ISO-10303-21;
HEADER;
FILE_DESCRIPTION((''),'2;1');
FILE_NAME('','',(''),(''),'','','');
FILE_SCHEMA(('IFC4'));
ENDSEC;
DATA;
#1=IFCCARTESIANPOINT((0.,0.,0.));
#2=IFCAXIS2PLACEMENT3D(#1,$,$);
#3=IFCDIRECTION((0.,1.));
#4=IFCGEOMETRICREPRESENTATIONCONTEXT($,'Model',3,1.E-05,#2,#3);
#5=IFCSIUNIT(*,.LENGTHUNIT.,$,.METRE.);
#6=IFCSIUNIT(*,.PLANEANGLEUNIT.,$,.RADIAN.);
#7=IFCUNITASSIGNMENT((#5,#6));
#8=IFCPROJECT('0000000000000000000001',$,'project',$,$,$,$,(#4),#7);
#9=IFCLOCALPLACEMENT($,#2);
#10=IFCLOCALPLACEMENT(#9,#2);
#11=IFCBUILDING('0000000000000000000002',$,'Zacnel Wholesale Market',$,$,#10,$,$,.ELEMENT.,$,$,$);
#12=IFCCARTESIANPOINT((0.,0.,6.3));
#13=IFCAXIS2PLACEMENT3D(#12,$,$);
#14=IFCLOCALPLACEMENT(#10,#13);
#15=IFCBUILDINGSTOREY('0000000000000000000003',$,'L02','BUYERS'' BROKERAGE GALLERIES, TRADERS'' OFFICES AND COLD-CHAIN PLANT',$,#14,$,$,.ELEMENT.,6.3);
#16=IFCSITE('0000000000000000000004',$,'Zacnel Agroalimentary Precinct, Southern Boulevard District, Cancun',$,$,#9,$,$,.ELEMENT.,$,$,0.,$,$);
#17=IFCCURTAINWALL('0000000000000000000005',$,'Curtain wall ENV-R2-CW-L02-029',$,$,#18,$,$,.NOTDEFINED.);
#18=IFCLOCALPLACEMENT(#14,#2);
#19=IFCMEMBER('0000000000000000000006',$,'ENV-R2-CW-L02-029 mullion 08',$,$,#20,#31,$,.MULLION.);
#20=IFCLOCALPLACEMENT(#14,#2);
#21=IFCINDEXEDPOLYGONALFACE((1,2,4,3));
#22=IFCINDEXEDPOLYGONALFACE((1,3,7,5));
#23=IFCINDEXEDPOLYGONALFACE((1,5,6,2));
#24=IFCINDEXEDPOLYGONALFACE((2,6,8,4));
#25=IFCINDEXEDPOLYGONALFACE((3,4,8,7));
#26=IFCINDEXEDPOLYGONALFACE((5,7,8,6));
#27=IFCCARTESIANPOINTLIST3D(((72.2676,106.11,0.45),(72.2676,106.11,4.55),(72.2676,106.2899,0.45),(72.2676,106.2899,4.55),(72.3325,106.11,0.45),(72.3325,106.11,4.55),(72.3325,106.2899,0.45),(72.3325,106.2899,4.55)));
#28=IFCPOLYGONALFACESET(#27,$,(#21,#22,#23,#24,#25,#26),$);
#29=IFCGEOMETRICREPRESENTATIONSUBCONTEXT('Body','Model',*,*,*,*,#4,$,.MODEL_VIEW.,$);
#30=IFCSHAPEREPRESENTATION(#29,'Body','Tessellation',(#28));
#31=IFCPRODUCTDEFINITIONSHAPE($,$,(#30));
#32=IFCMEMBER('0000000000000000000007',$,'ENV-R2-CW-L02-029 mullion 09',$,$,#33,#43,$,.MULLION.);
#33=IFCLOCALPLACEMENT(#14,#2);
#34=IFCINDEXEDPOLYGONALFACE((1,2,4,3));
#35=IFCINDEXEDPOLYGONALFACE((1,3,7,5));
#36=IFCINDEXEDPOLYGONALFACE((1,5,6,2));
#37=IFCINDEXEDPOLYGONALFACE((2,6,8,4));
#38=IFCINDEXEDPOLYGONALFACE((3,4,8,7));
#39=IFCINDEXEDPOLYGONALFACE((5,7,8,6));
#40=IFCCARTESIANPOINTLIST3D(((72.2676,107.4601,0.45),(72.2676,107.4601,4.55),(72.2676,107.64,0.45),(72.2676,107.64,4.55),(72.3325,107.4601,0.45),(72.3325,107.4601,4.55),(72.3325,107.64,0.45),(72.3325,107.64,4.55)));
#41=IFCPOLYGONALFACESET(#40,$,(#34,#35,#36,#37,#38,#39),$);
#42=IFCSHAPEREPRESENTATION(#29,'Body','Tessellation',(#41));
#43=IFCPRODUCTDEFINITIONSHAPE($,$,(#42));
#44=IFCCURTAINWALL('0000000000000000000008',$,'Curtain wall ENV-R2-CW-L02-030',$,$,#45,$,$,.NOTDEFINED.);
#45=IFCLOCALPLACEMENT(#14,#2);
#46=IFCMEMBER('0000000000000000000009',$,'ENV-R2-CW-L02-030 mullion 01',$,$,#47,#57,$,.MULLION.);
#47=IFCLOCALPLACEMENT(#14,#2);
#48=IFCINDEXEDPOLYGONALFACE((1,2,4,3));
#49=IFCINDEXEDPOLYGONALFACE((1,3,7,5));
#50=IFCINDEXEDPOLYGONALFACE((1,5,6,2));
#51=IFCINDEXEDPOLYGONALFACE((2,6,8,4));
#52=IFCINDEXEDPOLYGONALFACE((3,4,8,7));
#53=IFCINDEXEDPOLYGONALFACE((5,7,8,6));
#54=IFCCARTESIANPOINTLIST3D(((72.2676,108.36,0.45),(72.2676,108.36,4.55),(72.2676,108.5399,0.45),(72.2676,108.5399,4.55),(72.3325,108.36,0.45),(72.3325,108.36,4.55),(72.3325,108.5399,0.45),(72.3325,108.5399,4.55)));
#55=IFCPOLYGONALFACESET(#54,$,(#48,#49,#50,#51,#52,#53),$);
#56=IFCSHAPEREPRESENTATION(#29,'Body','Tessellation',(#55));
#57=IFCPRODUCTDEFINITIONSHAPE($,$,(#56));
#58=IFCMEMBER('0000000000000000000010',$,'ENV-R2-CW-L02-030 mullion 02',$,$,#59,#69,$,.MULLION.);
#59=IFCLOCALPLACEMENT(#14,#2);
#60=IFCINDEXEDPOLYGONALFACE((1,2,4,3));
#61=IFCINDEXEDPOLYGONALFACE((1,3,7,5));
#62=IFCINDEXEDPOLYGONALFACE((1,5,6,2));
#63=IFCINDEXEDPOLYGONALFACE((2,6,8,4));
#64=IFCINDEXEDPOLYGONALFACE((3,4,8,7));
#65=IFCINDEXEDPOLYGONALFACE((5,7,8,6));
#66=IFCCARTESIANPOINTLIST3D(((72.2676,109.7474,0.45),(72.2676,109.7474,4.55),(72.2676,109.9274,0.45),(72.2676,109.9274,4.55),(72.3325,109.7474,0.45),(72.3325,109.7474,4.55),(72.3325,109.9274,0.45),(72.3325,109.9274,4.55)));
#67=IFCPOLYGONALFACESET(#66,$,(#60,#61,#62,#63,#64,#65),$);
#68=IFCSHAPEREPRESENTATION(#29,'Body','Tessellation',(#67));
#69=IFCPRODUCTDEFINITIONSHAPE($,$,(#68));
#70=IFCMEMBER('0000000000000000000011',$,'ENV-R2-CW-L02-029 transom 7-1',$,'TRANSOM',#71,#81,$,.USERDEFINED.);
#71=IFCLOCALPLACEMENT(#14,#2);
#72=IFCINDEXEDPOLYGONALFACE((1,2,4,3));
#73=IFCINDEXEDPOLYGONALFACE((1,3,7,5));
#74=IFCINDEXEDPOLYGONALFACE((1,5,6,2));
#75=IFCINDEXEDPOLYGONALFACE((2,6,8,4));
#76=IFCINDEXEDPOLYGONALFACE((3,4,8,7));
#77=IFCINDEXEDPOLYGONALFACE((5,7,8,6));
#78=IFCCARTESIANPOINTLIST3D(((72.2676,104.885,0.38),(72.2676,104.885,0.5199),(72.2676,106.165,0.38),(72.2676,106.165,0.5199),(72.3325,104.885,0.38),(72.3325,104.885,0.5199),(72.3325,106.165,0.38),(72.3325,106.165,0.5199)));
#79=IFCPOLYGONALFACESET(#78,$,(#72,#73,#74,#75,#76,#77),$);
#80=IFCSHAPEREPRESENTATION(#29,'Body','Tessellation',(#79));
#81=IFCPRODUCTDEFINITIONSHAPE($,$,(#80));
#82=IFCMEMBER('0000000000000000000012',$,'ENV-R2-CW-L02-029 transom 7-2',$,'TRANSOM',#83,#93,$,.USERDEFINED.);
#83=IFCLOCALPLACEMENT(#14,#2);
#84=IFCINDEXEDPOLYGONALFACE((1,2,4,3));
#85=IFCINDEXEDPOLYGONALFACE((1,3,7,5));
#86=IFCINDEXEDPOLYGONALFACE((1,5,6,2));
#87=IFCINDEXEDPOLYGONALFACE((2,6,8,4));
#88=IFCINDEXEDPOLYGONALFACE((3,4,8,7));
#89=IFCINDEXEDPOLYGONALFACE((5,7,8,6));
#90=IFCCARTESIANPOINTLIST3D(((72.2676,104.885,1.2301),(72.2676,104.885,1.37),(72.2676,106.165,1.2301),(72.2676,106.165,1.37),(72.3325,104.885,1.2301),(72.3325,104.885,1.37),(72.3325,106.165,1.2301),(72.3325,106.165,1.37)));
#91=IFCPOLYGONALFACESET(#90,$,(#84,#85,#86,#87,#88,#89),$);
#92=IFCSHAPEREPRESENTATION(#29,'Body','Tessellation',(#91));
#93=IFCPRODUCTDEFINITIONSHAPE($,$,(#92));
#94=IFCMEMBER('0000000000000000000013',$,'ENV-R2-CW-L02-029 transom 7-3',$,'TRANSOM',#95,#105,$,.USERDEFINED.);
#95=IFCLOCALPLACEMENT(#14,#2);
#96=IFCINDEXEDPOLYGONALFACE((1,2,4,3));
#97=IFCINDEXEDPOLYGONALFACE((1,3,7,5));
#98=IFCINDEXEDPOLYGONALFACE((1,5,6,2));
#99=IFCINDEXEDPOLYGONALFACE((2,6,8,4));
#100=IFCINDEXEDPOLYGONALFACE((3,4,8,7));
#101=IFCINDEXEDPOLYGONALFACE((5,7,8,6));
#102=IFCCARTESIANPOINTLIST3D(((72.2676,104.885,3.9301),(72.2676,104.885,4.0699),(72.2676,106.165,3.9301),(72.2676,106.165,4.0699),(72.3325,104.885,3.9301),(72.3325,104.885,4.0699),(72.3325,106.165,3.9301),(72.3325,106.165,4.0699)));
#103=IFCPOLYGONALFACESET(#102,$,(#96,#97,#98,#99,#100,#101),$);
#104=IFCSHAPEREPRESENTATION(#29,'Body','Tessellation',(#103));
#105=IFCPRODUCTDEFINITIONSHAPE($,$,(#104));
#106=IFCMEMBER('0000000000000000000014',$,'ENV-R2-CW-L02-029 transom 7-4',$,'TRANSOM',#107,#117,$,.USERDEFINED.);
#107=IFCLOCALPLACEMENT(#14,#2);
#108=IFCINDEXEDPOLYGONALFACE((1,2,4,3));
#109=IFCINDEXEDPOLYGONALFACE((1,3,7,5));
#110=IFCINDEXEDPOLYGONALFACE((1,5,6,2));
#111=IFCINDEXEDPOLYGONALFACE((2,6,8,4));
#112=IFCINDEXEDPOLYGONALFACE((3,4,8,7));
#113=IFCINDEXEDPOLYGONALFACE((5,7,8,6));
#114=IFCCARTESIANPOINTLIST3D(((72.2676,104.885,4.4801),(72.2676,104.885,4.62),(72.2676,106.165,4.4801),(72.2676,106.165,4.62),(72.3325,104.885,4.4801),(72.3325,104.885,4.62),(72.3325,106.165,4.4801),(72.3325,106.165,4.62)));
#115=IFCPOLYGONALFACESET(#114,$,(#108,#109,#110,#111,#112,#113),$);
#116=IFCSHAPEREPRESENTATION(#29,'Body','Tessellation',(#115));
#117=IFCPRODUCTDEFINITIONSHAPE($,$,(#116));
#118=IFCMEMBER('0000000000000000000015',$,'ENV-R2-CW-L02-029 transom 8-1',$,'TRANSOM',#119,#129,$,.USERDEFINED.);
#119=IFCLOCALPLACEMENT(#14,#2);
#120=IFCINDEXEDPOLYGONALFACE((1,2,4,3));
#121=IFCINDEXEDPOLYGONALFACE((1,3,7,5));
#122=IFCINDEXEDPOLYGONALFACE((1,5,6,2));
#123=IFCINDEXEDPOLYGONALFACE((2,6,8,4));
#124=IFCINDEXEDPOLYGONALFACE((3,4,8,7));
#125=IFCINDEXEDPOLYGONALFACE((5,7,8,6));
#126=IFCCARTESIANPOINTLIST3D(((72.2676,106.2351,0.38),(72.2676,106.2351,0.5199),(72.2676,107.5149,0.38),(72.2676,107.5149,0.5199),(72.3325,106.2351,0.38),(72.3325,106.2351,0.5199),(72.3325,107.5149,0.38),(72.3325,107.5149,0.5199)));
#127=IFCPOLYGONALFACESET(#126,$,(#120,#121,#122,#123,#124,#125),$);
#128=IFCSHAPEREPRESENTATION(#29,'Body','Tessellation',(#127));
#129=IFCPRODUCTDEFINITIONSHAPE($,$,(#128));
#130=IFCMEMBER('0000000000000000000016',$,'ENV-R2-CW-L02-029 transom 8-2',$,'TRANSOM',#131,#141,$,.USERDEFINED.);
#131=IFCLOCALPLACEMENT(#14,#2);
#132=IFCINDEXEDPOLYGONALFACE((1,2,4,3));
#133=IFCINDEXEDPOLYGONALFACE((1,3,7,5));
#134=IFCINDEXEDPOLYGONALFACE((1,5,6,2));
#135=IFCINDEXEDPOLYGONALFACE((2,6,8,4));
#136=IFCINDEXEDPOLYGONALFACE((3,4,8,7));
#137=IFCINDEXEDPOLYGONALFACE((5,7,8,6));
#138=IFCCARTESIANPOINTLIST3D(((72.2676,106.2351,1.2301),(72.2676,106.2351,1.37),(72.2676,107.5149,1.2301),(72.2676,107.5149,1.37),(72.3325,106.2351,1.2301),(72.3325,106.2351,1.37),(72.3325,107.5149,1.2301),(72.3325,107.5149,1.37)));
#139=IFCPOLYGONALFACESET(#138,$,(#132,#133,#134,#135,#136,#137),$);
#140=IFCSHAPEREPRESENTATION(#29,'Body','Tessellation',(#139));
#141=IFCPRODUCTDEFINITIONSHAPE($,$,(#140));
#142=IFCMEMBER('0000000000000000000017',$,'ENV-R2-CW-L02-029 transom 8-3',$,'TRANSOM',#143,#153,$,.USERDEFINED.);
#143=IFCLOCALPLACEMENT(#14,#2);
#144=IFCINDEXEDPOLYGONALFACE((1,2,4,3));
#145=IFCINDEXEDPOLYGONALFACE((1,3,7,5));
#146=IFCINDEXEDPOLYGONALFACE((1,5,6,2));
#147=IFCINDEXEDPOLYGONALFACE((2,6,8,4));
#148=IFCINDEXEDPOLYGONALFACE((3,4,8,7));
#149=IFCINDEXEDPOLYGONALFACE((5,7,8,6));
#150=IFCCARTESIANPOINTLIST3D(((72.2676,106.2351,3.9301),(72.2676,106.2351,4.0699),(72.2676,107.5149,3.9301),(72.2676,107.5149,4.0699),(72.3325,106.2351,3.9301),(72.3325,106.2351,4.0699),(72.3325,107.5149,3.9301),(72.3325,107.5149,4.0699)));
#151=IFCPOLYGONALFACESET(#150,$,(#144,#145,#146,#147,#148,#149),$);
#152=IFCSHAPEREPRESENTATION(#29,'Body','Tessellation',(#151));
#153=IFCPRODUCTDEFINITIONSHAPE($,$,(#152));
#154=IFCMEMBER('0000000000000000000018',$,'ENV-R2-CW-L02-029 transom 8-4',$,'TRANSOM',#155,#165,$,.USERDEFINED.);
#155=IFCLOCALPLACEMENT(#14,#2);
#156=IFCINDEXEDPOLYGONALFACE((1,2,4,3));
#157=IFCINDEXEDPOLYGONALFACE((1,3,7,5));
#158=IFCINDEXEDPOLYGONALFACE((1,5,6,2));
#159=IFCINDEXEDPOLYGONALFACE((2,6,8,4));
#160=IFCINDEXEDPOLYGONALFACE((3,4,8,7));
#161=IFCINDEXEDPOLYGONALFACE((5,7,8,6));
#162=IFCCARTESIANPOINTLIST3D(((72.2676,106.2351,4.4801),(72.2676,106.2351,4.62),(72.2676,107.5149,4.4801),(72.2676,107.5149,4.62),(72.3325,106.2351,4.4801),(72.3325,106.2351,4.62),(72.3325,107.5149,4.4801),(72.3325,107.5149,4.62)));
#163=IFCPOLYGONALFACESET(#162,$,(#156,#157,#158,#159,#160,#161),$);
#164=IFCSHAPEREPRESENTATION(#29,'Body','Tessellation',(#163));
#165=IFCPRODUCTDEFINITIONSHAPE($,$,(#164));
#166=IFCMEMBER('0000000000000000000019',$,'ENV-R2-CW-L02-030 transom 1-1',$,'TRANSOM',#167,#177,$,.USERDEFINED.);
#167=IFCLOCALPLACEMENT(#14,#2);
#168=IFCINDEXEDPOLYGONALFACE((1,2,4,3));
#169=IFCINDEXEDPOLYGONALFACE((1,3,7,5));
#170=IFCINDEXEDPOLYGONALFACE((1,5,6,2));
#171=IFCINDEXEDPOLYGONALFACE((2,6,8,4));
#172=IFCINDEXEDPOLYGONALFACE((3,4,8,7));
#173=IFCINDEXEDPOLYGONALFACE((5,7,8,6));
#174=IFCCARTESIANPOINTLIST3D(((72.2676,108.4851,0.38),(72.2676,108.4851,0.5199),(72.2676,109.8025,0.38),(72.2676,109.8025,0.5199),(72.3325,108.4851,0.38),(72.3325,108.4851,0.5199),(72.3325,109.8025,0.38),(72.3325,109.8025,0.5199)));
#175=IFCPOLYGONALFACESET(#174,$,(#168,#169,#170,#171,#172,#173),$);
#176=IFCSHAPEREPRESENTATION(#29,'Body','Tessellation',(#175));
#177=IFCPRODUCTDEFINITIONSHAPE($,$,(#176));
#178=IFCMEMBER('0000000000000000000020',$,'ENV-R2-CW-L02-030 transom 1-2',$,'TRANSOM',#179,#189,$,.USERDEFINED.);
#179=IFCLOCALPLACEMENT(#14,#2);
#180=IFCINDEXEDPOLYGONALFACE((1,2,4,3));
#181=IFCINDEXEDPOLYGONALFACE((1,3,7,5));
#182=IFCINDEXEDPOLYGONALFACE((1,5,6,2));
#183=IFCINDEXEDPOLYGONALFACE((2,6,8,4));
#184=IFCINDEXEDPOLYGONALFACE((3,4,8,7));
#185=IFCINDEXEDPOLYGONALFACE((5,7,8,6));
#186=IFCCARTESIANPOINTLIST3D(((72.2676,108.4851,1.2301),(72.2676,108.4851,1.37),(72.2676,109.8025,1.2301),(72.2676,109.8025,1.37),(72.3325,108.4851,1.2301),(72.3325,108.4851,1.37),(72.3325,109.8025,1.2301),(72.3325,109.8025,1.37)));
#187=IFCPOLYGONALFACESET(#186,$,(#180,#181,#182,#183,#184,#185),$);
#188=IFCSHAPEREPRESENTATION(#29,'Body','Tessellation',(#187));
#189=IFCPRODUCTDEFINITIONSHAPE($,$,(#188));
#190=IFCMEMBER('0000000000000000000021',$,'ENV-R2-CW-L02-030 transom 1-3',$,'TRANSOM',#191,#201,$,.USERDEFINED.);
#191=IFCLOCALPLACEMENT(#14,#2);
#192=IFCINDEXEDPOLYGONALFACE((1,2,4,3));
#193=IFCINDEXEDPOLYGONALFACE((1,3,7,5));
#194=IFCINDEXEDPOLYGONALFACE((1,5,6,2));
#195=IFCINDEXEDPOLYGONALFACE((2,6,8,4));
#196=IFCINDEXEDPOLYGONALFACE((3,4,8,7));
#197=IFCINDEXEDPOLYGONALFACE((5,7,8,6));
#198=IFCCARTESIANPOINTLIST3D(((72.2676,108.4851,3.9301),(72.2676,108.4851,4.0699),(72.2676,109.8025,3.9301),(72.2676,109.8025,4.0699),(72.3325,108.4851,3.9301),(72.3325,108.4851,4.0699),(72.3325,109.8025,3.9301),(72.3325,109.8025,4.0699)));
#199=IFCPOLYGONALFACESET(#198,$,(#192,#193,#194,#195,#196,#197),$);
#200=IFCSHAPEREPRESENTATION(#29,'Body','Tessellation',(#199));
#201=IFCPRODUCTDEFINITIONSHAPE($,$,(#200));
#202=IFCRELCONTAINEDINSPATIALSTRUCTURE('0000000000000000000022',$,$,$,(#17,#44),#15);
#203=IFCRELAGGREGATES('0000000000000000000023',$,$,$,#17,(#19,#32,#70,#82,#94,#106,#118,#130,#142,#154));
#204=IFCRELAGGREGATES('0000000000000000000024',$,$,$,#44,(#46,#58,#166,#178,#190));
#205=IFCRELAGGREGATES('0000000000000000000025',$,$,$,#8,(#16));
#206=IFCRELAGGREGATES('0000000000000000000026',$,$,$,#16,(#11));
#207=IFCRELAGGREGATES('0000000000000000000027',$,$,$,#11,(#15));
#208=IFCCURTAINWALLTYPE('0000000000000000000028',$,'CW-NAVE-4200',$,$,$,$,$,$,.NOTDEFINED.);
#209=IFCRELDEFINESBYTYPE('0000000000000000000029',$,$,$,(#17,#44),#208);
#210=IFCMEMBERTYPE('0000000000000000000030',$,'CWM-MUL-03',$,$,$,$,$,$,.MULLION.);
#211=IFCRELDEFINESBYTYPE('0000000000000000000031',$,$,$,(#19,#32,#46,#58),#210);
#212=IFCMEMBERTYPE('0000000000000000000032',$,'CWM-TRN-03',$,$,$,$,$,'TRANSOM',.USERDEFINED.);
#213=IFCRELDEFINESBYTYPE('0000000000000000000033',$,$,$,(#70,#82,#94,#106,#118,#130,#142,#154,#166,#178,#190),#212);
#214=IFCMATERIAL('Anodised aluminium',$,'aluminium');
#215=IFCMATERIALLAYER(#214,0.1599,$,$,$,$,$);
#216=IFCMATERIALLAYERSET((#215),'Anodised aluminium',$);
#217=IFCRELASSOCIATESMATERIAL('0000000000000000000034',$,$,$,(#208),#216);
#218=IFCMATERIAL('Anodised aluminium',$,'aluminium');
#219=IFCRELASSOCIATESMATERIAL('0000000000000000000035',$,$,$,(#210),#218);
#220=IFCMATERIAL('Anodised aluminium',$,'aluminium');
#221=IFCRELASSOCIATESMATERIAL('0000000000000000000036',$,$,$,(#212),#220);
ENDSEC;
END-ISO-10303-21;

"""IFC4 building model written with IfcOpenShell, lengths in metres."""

from ifc_helpers import new_model, si_unit, direction, frame, origin, origin_2d, place, context, subcontext, project, spatial, rectangle, extrude, material, layer, layer_set, material_profile, profile_set, type_object, element, aggregate, save


model = new_model("IFC4")

# Units and contexts
model_context = context("Model", 3, precision=1e-05, world=origin(), true_north=direction((0.0, 1.0)))
body_context = subcontext(model_context, "Body", "Model", "MODEL_VIEW")
ifc_project = project(units=[si_unit("LENGTHUNIT", "METRE"), si_unit("PLANEANGLEUNIT", "RADIAN")], contexts=[model_context])

# Site, building, storey
site_placement = place(None, origin())
site = spatial("IfcSite", under=ifc_project, at=site_placement, Name="Zacnel Agroalimentary Precinct, Southern Boulevard District, Cancun", CompositionType="ELEMENT", RefElevation=0.0)
building_placement = place(site_placement, origin())
building = spatial("IfcBuilding", under=site, at=building_placement, Name="Zacnel Wholesale Market", CompositionType="ELEMENT")
storey_placement = place(building_placement, frame((0.0, 0.0, 6.3)))
storey = spatial("IfcBuildingStorey", under=building, at=storey_placement, Name="L02", Description="BUYERS' BROKERAGE GALLERIES, TRADERS' OFFICES AND COLD-CHAIN PLANT", CompositionType="ELEMENT", Elevation=6.3)

# Curtain walls, members
ifc_material_1 = material(Name="Anodised aluminium", Category="aluminium")
ifc_layer_1 = layer(ifc_material_1, 0.1599)
ifc_layer_set_1 = layer_set([ifc_layer_1], Name="Anodised aluminium")
curtain_wall_type = type_object("IfcCurtainWallType", Name="CW-NAVE-4200", PredefinedType="NOTDEFINED", material=ifc_layer_set_1)
curtain_wall_1_placement = place(storey_placement, origin())
curtain_wall_1 = element("IfcCurtainWall", 1, at=curtain_wall_1_placement, inside=storey, type_object=curtain_wall_type, Name="Curtain wall ENV-R2-CW-L02-029", PredefinedType="NOTDEFINED")
ifc_material_2 = material(Name="Anodised aluminium", Category="aluminium")
ifc_material_profile_1 = material_profile(ifc_material_2, rectangle(XDim=0.0649, YDim=0.1799, at=origin_2d()), Name="AW-MULLION 65x180")
ifc_profile_set_1 = profile_set([ifc_material_profile_1], Name="Anodised aluminium")
member_type_1 = type_object("IfcMemberType", Name="CWM-MUL-03", PredefinedType="MULLION", material=ifc_profile_set_1)
member_1_placement = place(storey_placement, frame((72.3, 106.2, 0.45), z_axis=(0.0, 0.0, 1.0), x_axis=(1.0, 0.0, 0.0)))
member_1 = element("IfcMember", 2, at=member_1_placement, type_object=member_type_1, Name="ENV-R2-CW-L02-029 mullion 08", PredefinedType="MULLION", context=body_context, shape_type="SweptSolid", body=[
    extrude(rectangle(XDim=0.0649, YDim=0.1799, at=origin_2d()), origin(), (0.0, 0.0, 1.0), 4.1001),
])
member_2_placement = place(storey_placement, frame((72.3, 107.55, 0.45), z_axis=(0.0, 0.0, 1.0), x_axis=(1.0, 0.0, 0.0)))
member_2 = element("IfcMember", 3, at=member_2_placement, type_object=member_type_1, Name="ENV-R2-CW-L02-029 mullion 09", PredefinedType="MULLION", context=body_context, shape_type="SweptSolid", body=[
    extrude(rectangle(XDim=0.0649, YDim=0.1799, at=origin_2d()), origin(), (0.0, 0.0, 1.0), 4.1001),
])
curtain_wall_2_placement = place(storey_placement, origin())
curtain_wall_2 = element("IfcCurtainWall", 4, at=curtain_wall_2_placement, inside=storey, type_object=curtain_wall_type, Name="Curtain wall ENV-R2-CW-L02-030", PredefinedType="NOTDEFINED")
member_3_placement = place(storey_placement, frame((72.3, 108.45, 0.45), z_axis=(0.0, 0.0, 1.0), x_axis=(1.0, 0.0, 0.0)))
member_3 = element("IfcMember", 5, at=member_3_placement, type_object=member_type_1, Name="ENV-R2-CW-L02-030 mullion 01", PredefinedType="MULLION", context=body_context, shape_type="SweptSolid", body=[
    extrude(rectangle(XDim=0.0649, YDim=0.1799, at=origin_2d()), origin(), (0.0, 0.0, 1.0), 4.1001),
])
member_4_placement = place(storey_placement, frame((72.3, 109.8374, 0.45), z_axis=(0.0, 0.0, 1.0), x_axis=(1.0, 0.0, 0.0)))
member_4 = element("IfcMember", 6, at=member_4_placement, type_object=member_type_1, Name="ENV-R2-CW-L02-030 mullion 02", PredefinedType="MULLION", context=body_context, shape_type="SweptSolid", body=[
    extrude(rectangle(XDim=0.0649, YDim=0.1799, at=origin_2d()), origin(), (0.0, 0.0, 1.0), 4.1001),
])

# Members
ifc_material_3 = material(Name="Anodised aluminium", Category="aluminium")
ifc_material_profile_2 = material_profile(ifc_material_3, rectangle(XDim=0.0649, YDim=0.1399, at=origin_2d()), Name="AW-TRANSOM 65x140")
ifc_profile_set_2 = profile_set([ifc_material_profile_2], Name="Anodised aluminium")
member_type_2 = type_object("IfcMemberType", Name="CWM-TRN-03", ElementType="TRANSOM", PredefinedType="USERDEFINED", material=ifc_profile_set_2)
member_5_placement = place(storey_placement, frame((72.3, 104.885, 0.45), z_axis=(0.0, 1.0, 0.0), x_axis=(-1.0, 0.0, 0.0)))
member_5 = element("IfcMember", 7, at=member_5_placement, type_object=member_type_2, Name="ENV-R2-CW-L02-029 transom 7-1", ObjectType="TRANSOM", PredefinedType="USERDEFINED", context=body_context, shape_type="SweptSolid", body=[
    extrude(rectangle(XDim=0.0649, YDim=0.1399, at=origin_2d()), origin(), (0.0, 0.0, 1.0), 1.28),
])
member_6_placement = place(storey_placement, frame((72.3, 104.885, 1.3), z_axis=(0.0, 1.0, 0.0), x_axis=(-1.0, 0.0, 0.0)))
member_6 = element("IfcMember", 8, at=member_6_placement, type_object=member_type_2, Name="ENV-R2-CW-L02-029 transom 7-2", ObjectType="TRANSOM", PredefinedType="USERDEFINED", context=body_context, shape_type="SweptSolid", body=[
    extrude(rectangle(XDim=0.0649, YDim=0.1399, at=origin_2d()), origin(), (0.0, 0.0, 1.0), 1.28),
])
member_7_placement = place(storey_placement, frame((72.3, 104.885, 4.0), z_axis=(0.0, 1.0, 0.0), x_axis=(-1.0, 0.0, 0.0)))
member_7 = element("IfcMember", 9, at=member_7_placement, type_object=member_type_2, Name="ENV-R2-CW-L02-029 transom 7-3", ObjectType="TRANSOM", PredefinedType="USERDEFINED", context=body_context, shape_type="SweptSolid", body=[
    extrude(rectangle(XDim=0.0649, YDim=0.1399, at=origin_2d()), origin(), (0.0, 0.0, 1.0), 1.28),
])
member_8_placement = place(storey_placement, frame((72.3, 104.885, 4.55), z_axis=(0.0, 1.0, 0.0), x_axis=(-1.0, 0.0, 0.0)))
member_8 = element("IfcMember", 10, at=member_8_placement, type_object=member_type_2, Name="ENV-R2-CW-L02-029 transom 7-4", ObjectType="TRANSOM", PredefinedType="USERDEFINED", context=body_context, shape_type="SweptSolid", body=[
    extrude(rectangle(XDim=0.0649, YDim=0.1399, at=origin_2d()), origin(), (0.0, 0.0, 1.0), 1.28),
])
member_9_placement = place(storey_placement, frame((72.3, 106.2351, 0.45), z_axis=(0.0, 1.0, 0.0), x_axis=(-1.0, 0.0, 0.0)))
member_9 = element("IfcMember", 11, at=member_9_placement, type_object=member_type_2, Name="ENV-R2-CW-L02-029 transom 8-1", ObjectType="TRANSOM", PredefinedType="USERDEFINED", context=body_context, shape_type="SweptSolid", body=[
    extrude(rectangle(XDim=0.0649, YDim=0.1399, at=origin_2d()), origin(), (0.0, 0.0, 1.0), 1.2798),
])
member_10_placement = place(storey_placement, frame((72.3, 106.2351, 1.3), z_axis=(0.0, 1.0, 0.0), x_axis=(-1.0, 0.0, 0.0)))
member_10 = element("IfcMember", 12, at=member_10_placement, type_object=member_type_2, Name="ENV-R2-CW-L02-029 transom 8-2", ObjectType="TRANSOM", PredefinedType="USERDEFINED", context=body_context, shape_type="SweptSolid", body=[
    extrude(rectangle(XDim=0.0649, YDim=0.1399, at=origin_2d()), origin(), (0.0, 0.0, 1.0), 1.2798),
])
member_11_placement = place(storey_placement, frame((72.3, 106.2351, 4.0), z_axis=(0.0, 1.0, 0.0), x_axis=(-1.0, 0.0, 0.0)))
member_11 = element("IfcMember", 13, at=member_11_placement, type_object=member_type_2, Name="ENV-R2-CW-L02-029 transom 8-3", ObjectType="TRANSOM", PredefinedType="USERDEFINED", context=body_context, shape_type="SweptSolid", body=[
    extrude(rectangle(XDim=0.0649, YDim=0.1399, at=origin_2d()), origin(), (0.0, 0.0, 1.0), 1.2798),
])
member_12_placement = place(storey_placement, frame((72.3, 106.2351, 4.55), z_axis=(0.0, 1.0, 0.0), x_axis=(-1.0, 0.0, 0.0)))
member_12 = element("IfcMember", 14, at=member_12_placement, type_object=member_type_2, Name="ENV-R2-CW-L02-029 transom 8-4", ObjectType="TRANSOM", PredefinedType="USERDEFINED", context=body_context, shape_type="SweptSolid", body=[
    extrude(rectangle(XDim=0.0649, YDim=0.1399, at=origin_2d()), origin(), (0.0, 0.0, 1.0), 1.2798),
])
member_13_placement = place(storey_placement, frame((72.3, 108.4851, 0.45), z_axis=(0.0, 1.0, 0.0), x_axis=(-1.0, 0.0, 0.0)))
member_13 = element("IfcMember", 15, at=member_13_placement, type_object=member_type_2, Name="ENV-R2-CW-L02-030 transom 1-1", ObjectType="TRANSOM", PredefinedType="USERDEFINED", context=body_context, shape_type="SweptSolid", body=[
    extrude(rectangle(XDim=0.0649, YDim=0.1399, at=origin_2d()), origin(), (0.0, 0.0, 1.0), 1.3174),
])
member_14_placement = place(storey_placement, frame((72.3, 108.4851, 1.3), z_axis=(0.0, 1.0, 0.0), x_axis=(-1.0, 0.0, 0.0)))
member_14 = element("IfcMember", 16, at=member_14_placement, type_object=member_type_2, Name="ENV-R2-CW-L02-030 transom 1-2", ObjectType="TRANSOM", PredefinedType="USERDEFINED", context=body_context, shape_type="SweptSolid", body=[
    extrude(rectangle(XDim=0.0649, YDim=0.1399, at=origin_2d()), origin(), (0.0, 0.0, 1.0), 1.3174),
])
member_15_placement = place(storey_placement, frame((72.3, 108.4851, 4.0), z_axis=(0.0, 1.0, 0.0), x_axis=(-1.0, 0.0, 0.0)))
member_15 = element("IfcMember", 17, at=member_15_placement, type_object=member_type_2, Name="ENV-R2-CW-L02-030 transom 1-3", ObjectType="TRANSOM", PredefinedType="USERDEFINED", context=body_context, shape_type="SweptSolid", body=[
    extrude(rectangle(XDim=0.0649, YDim=0.1399, at=origin_2d()), origin(), (0.0, 0.0, 1.0), 1.3174),
])

aggregate(curtain_wall_1, [member_1, member_2, member_5, member_6, member_7, member_8, member_9, member_10, member_11, member_12])
aggregate(curtain_wall_2, [member_3, member_4, member_13, member_14, member_15])

save(model, "model.ifc")
